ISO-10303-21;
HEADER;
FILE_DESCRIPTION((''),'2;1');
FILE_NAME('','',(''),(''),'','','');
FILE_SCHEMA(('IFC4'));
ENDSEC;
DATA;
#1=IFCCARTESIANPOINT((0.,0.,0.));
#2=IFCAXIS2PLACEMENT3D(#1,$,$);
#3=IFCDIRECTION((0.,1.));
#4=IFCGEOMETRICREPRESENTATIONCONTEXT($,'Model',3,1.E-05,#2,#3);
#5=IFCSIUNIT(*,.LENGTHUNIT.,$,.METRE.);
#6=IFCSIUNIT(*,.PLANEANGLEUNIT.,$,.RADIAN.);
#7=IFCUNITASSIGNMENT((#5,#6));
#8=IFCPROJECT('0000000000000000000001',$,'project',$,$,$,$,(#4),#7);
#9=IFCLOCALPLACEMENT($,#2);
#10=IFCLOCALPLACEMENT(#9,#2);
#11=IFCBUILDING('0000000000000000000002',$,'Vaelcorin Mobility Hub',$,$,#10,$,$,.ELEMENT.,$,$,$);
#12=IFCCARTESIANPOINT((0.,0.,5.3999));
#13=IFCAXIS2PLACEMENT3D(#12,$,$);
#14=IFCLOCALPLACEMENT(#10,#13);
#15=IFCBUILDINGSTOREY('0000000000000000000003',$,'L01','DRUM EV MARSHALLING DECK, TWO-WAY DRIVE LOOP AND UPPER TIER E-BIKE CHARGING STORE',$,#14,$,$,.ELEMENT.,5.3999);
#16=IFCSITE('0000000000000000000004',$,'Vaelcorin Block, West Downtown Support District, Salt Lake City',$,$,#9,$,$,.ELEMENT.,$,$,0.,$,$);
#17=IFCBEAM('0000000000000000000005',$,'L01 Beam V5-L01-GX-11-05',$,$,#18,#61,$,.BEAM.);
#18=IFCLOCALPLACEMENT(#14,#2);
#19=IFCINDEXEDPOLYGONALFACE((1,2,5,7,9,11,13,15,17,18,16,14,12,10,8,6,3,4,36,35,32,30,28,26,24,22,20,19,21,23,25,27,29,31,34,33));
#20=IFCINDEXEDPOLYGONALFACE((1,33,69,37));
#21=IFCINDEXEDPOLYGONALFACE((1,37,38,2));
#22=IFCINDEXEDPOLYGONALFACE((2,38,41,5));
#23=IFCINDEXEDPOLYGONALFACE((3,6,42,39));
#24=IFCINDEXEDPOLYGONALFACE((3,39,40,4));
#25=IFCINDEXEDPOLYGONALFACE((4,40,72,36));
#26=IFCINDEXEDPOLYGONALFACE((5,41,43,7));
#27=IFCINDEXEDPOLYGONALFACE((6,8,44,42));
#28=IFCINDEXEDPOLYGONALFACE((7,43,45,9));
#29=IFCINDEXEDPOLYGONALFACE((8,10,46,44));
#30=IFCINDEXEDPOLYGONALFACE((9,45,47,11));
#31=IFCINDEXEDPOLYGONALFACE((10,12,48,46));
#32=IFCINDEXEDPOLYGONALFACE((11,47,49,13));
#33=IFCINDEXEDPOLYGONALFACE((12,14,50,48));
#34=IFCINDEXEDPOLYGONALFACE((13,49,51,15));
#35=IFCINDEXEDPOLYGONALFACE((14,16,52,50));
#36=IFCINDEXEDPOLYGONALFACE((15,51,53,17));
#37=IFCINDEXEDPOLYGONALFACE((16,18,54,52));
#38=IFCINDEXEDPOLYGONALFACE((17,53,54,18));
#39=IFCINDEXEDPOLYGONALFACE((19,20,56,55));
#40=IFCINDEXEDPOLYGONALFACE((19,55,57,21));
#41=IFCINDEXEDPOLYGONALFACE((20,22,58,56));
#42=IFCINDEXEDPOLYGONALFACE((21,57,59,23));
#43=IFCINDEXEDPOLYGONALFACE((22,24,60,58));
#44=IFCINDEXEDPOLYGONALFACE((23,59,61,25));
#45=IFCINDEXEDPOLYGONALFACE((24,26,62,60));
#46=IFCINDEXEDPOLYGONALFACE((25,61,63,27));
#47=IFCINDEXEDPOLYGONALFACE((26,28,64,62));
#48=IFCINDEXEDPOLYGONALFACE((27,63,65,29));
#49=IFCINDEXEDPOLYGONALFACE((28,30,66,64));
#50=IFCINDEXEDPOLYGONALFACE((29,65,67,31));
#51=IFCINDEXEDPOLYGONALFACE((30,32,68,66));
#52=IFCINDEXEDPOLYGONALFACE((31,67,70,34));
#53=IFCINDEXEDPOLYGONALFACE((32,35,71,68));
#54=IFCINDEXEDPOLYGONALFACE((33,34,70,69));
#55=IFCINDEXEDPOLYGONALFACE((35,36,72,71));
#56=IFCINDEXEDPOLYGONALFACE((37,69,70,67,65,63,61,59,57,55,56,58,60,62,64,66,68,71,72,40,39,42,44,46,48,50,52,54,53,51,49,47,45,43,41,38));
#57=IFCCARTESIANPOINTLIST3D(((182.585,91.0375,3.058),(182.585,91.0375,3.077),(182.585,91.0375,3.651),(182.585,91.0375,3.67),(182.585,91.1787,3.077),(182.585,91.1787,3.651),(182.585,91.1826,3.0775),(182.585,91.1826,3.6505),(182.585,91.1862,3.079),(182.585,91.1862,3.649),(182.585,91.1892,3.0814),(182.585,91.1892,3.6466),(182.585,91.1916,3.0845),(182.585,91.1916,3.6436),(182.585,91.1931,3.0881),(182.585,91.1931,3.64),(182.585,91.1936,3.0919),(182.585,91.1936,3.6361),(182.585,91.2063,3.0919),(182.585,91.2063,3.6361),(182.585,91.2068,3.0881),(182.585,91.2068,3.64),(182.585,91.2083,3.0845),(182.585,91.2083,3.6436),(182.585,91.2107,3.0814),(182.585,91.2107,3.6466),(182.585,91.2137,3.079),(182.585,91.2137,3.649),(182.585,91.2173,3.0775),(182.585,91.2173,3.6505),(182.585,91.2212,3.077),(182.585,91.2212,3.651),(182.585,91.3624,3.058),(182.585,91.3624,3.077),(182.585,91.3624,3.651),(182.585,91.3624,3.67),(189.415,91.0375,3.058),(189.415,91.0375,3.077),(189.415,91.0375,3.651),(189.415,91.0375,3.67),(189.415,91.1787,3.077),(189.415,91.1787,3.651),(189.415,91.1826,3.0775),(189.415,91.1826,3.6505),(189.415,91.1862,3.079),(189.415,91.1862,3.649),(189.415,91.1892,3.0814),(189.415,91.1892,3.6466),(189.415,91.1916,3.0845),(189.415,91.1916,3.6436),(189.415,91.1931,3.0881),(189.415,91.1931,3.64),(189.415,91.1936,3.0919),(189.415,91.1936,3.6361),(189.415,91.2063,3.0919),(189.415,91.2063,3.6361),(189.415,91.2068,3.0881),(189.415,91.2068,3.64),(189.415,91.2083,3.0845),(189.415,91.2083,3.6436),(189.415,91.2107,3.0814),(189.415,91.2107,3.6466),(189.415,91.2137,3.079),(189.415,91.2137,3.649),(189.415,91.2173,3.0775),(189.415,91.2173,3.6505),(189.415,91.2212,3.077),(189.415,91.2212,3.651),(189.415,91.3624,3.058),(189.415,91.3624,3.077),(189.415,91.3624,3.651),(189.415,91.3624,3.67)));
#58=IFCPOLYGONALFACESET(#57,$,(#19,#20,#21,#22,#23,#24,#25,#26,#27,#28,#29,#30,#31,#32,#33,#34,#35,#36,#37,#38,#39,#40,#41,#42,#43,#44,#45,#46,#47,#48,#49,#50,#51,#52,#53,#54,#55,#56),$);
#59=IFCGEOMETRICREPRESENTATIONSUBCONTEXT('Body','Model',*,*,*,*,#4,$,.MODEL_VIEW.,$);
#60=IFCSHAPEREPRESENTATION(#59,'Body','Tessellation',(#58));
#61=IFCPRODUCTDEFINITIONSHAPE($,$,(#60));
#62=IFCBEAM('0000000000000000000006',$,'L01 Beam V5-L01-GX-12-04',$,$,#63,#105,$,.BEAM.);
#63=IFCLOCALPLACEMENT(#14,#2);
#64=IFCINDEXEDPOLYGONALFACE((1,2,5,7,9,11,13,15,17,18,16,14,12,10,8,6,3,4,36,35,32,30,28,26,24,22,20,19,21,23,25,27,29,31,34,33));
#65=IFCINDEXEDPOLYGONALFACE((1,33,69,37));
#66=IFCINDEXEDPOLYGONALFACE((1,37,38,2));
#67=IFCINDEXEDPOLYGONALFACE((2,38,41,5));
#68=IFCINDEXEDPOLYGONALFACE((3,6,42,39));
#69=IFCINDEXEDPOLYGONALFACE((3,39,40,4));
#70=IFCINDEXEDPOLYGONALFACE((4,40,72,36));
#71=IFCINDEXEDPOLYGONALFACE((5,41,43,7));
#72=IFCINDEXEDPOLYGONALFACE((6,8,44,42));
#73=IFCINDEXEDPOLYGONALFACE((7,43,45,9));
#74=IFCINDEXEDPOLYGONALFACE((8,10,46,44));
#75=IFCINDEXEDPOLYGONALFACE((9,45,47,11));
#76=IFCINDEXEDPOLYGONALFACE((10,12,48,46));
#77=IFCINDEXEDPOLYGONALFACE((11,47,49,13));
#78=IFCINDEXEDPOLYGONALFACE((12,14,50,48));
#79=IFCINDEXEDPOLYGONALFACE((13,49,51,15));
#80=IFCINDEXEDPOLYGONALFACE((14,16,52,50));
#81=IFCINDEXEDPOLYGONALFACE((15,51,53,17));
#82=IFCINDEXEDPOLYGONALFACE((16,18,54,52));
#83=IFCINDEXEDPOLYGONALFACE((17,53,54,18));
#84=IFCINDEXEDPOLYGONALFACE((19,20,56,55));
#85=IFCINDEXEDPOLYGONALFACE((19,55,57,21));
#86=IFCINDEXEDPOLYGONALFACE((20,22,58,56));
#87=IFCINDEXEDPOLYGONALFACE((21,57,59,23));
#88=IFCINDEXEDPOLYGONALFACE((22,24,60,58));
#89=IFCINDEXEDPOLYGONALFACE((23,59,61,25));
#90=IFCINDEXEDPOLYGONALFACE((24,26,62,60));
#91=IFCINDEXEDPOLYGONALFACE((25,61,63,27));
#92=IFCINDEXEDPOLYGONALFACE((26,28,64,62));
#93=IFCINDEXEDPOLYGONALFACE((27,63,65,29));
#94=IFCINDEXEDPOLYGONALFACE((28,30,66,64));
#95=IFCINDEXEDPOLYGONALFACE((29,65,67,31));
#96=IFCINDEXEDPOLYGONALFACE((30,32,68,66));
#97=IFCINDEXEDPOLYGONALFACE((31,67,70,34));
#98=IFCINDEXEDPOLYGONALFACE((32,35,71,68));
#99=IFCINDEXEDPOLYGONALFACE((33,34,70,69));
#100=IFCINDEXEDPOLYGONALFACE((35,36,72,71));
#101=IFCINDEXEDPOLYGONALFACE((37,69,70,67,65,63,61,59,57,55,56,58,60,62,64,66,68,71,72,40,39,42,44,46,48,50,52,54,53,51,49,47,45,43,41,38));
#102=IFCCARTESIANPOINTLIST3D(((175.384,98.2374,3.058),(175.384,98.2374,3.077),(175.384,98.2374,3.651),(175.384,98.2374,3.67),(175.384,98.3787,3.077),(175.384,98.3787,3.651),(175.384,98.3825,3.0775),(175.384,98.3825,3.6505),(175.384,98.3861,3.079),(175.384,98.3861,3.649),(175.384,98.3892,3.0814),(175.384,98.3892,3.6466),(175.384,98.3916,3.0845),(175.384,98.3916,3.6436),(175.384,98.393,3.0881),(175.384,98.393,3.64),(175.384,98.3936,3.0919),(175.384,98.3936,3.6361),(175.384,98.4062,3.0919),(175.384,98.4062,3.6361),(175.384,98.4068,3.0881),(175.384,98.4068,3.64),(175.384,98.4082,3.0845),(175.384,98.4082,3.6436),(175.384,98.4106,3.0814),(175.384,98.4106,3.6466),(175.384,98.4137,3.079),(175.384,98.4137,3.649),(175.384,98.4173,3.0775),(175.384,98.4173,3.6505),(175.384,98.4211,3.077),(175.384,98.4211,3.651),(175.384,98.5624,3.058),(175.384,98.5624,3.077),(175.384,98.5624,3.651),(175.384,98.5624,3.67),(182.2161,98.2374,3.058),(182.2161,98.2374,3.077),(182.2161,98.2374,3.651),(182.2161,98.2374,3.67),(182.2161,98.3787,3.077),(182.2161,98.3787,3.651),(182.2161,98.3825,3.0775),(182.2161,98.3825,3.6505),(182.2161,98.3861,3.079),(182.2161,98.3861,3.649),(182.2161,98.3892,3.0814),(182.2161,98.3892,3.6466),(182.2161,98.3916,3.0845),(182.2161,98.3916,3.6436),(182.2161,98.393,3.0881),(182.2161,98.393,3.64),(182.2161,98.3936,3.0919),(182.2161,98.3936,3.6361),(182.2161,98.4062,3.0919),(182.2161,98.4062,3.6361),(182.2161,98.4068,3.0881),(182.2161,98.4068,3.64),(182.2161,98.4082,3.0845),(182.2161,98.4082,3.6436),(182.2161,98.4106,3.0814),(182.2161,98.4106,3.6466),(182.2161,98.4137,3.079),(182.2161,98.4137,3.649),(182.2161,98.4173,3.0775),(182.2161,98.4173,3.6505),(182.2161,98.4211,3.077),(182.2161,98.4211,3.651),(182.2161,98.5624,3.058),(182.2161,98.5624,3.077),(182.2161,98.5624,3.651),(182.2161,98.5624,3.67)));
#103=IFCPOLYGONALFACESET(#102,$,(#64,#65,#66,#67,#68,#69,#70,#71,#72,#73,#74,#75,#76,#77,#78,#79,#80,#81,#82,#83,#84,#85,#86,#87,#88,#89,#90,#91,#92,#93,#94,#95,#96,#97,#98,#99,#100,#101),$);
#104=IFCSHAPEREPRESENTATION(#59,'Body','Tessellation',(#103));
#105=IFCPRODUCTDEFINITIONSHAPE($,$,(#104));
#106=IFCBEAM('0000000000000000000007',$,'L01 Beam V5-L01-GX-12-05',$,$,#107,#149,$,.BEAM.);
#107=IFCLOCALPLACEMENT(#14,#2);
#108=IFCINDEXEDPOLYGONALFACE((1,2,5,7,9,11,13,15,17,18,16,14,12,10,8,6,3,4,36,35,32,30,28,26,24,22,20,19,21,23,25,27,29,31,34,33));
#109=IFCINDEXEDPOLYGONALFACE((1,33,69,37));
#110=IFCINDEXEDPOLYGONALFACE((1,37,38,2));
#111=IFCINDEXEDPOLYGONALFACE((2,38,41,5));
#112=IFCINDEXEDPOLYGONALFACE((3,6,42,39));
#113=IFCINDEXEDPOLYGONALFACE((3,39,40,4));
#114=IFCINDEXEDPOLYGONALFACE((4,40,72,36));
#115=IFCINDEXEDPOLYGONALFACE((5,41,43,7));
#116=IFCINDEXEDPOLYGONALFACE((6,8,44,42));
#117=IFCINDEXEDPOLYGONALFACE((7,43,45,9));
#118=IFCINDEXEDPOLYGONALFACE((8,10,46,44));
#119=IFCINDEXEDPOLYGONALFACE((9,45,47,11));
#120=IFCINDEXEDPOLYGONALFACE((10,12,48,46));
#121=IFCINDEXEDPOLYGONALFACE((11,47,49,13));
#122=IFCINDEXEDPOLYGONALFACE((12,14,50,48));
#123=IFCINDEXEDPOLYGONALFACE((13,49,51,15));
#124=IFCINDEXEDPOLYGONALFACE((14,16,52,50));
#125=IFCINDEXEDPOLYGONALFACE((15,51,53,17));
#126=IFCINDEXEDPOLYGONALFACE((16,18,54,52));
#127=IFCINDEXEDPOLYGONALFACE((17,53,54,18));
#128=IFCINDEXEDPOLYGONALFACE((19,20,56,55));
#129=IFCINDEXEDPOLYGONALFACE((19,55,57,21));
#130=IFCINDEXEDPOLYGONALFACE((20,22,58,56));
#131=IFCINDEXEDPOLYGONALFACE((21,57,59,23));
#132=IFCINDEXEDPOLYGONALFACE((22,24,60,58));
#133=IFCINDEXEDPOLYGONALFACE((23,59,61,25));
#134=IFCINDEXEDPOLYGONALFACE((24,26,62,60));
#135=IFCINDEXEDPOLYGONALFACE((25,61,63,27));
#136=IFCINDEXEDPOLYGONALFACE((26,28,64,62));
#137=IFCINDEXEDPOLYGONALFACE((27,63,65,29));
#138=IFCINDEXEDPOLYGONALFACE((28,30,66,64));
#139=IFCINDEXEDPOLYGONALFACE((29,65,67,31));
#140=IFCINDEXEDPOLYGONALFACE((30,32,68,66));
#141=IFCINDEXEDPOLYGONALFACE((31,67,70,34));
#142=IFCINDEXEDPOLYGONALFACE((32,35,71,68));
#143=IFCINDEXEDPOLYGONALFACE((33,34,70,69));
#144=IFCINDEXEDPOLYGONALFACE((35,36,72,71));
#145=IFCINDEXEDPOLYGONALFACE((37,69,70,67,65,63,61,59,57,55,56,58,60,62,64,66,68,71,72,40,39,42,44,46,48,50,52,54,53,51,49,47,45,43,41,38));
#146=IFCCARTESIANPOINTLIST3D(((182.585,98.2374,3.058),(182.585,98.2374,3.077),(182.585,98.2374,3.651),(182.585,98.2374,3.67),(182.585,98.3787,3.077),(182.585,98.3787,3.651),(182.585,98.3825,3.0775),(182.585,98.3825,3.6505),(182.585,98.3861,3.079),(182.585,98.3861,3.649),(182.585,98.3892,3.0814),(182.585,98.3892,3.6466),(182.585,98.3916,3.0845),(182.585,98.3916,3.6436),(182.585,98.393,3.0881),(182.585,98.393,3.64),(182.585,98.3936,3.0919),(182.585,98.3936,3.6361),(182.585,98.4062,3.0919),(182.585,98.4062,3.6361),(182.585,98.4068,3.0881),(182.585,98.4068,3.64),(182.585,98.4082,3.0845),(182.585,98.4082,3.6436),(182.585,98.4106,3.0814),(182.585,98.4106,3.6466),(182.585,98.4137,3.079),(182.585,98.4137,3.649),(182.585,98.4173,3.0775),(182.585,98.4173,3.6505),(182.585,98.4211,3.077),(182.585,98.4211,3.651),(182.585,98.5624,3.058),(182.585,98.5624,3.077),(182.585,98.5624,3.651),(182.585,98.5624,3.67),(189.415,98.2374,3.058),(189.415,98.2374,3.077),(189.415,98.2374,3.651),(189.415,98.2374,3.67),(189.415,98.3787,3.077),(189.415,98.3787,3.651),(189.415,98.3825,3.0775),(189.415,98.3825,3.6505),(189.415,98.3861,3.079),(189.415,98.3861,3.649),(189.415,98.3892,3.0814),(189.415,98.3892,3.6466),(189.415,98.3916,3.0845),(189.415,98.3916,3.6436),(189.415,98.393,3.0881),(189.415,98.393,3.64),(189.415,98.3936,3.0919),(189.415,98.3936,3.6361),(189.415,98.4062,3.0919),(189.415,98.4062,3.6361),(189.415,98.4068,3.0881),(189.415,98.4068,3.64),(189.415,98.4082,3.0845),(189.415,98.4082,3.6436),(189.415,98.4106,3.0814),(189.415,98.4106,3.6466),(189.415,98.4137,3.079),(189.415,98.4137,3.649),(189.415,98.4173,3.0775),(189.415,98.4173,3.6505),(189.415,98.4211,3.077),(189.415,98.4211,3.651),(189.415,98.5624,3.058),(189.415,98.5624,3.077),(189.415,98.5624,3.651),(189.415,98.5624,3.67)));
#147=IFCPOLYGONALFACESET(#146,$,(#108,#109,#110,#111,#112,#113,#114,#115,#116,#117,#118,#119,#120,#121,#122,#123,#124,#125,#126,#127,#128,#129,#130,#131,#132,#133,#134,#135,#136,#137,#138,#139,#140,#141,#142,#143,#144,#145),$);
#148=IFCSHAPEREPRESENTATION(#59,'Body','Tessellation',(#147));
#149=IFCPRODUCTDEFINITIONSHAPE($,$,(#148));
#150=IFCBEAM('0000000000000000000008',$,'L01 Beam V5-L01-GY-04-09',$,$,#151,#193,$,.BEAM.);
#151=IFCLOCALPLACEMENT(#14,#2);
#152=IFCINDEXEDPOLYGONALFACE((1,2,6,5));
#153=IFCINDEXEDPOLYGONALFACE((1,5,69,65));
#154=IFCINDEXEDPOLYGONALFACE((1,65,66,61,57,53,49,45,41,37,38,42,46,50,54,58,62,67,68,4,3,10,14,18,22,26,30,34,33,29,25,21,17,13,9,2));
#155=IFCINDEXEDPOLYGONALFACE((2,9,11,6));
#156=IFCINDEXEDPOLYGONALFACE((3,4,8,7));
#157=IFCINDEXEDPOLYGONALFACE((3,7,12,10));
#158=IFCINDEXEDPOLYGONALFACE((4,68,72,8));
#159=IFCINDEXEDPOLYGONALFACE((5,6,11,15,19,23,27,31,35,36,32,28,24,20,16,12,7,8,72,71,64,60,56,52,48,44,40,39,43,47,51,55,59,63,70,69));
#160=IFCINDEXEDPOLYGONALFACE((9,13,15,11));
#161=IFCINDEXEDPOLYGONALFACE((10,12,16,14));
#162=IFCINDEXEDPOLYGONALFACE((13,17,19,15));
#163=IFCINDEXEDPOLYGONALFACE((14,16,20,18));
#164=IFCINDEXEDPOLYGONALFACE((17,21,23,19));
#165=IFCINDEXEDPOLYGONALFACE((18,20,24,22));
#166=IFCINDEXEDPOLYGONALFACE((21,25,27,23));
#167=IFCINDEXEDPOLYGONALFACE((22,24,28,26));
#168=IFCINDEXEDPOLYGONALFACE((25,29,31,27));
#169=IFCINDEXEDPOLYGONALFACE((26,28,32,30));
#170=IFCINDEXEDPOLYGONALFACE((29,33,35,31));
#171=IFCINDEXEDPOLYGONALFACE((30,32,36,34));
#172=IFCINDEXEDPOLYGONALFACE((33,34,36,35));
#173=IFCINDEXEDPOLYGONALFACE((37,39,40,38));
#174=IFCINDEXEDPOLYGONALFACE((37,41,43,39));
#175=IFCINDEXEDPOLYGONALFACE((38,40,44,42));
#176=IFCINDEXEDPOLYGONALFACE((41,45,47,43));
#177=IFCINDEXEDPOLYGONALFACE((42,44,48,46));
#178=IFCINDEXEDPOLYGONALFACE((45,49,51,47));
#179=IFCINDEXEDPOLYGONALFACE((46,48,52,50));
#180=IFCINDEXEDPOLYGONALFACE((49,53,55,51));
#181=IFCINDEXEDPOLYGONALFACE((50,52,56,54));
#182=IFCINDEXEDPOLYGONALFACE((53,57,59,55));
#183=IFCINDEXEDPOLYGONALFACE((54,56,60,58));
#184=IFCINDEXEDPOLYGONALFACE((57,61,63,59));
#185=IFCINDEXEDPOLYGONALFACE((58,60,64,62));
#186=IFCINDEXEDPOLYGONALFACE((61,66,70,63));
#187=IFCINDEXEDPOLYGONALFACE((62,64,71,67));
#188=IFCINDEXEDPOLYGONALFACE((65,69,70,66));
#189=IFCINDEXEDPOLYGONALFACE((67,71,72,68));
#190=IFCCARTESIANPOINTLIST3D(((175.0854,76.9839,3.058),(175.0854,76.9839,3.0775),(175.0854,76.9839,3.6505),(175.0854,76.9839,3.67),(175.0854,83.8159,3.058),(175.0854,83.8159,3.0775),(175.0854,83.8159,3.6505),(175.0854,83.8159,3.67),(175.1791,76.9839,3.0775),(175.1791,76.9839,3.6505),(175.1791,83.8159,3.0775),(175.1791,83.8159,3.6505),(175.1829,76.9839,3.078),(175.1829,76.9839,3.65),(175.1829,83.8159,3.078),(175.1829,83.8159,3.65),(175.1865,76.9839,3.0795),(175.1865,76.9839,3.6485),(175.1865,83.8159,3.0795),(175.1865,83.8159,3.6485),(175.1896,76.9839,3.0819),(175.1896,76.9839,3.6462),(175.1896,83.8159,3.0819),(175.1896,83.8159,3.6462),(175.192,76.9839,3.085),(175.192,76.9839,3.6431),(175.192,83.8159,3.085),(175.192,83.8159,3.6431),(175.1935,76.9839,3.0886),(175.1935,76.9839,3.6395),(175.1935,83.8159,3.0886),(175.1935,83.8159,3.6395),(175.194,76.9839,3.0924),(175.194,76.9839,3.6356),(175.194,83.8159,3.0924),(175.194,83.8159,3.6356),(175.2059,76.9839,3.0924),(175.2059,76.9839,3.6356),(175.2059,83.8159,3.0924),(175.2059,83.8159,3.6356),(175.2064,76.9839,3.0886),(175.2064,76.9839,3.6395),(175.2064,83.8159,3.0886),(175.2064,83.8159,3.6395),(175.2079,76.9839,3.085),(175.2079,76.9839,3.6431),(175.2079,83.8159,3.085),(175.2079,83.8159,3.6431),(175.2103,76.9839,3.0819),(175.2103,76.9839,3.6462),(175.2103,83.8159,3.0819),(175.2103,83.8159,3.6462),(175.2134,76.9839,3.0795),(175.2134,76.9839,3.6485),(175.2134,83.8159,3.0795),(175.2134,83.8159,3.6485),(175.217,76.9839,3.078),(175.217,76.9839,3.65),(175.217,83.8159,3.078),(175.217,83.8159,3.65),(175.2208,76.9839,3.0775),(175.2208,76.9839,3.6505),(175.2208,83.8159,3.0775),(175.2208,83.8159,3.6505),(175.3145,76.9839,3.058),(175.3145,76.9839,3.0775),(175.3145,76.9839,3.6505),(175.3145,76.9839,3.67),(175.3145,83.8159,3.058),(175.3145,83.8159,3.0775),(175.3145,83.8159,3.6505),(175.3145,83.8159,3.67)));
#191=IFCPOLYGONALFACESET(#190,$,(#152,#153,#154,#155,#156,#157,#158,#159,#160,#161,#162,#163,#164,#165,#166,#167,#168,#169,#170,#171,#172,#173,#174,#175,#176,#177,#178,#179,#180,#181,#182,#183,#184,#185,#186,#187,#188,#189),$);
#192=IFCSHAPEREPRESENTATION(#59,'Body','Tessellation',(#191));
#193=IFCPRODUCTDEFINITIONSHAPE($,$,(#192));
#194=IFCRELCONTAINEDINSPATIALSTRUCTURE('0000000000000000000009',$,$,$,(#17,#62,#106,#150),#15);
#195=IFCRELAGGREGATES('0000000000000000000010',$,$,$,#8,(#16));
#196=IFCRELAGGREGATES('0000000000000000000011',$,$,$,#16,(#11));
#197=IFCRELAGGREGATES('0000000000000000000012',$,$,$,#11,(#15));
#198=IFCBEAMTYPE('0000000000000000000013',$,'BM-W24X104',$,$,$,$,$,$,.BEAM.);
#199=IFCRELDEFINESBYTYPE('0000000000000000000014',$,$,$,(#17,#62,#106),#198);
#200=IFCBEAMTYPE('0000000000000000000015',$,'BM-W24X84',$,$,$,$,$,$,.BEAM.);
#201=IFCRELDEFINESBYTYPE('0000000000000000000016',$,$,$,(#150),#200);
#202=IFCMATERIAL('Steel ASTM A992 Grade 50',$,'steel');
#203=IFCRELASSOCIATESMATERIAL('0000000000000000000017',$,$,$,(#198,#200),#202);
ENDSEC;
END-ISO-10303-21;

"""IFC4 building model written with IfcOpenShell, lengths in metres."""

from ifc_helpers import new_model, si_unit, direction, frame, origin, origin_2d, place, context, subcontext, project, spatial, i_section, extrude, material, material_profile, profile_set, type_object, element, save


model = new_model("IFC4")

# Units and contexts
model_context = context("Model", 3, precision=1e-05, world=origin(), true_north=direction((0.0, 1.0)))
body_context = subcontext(model_context, "Body", "Model", "MODEL_VIEW")
ifc_project = project(units=[si_unit("LENGTHUNIT", "METRE"), si_unit("PLANEANGLEUNIT", "RADIAN")], contexts=[model_context])

# Site, building, storey
site_placement = place(None, origin())
site = spatial("IfcSite", under=ifc_project, at=site_placement, Name="Vaelcorin Block, West Downtown Support District, Salt Lake City", CompositionType="ELEMENT", RefElevation=0.0)
building_placement = place(site_placement, origin())
building = spatial("IfcBuilding", under=site, at=building_placement, Name="Vaelcorin Mobility Hub", CompositionType="ELEMENT")
storey_placement = place(building_placement, frame((0.0, 0.0, 5.3999)))
storey = spatial("IfcBuildingStorey", under=building, at=storey_placement, Name="L01", Description="DRUM EV MARSHALLING DECK, TWO-WAY DRIVE LOOP AND UPPER TIER E-BIKE CHARGING STORE", CompositionType="ELEMENT", Elevation=5.3999)

# Shared definitions
ifc_material_1 = material(Name="Steel ASTM A992 Grade 50", Category="steel")

# Beams
ifc_material_profile_1 = material_profile(ifc_material_1, i_section(OverallWidth=0.325, OverallDepth=0.6121, WebThickness=0.0127, FlangeThickness=0.019, FilletRadius=0.0149, at=origin_2d()), Name="W24X104")
ifc_profile_set_1 = profile_set([ifc_material_profile_1], Name="Steel ASTM A992 Grade 50")
beam_type_1 = type_object("IfcBeamType", Name="BM-W24X104", PredefinedType="BEAM", material=ifc_profile_set_1)
beam_1_placement = place(storey_placement, frame((182.585, 91.2, 3.364), z_axis=(1.0, 0.0, 0.0), x_axis=(0.0, 1.0, 0.0)))
element("IfcBeam", 1, at=beam_1_placement, inside=storey, type_object=beam_type_1, Name="L01 Beam V5-L01-GX-11-05", PredefinedType="BEAM", context=body_context, shape_type="SweptSolid", body=[
    extrude(i_section(OverallWidth=0.325, OverallDepth=0.6121, WebThickness=0.0127, FlangeThickness=0.019, FilletRadius=0.0149, at=origin_2d()), origin(), (0.0, 0.0, 1.0), 6.8301),
])
beam_2_placement = place(storey_placement, frame((175.384, 98.3999, 3.364), z_axis=(1.0, 0.0, 0.0), x_axis=(0.0, 1.0, 0.0)))
element("IfcBeam", 2, at=beam_2_placement, inside=storey, type_object=beam_type_1, Name="L01 Beam V5-L01-GX-12-04", PredefinedType="BEAM", context=body_context, shape_type="SweptSolid", body=[
    extrude(i_section(OverallWidth=0.325, OverallDepth=0.6121, WebThickness=0.0127, FlangeThickness=0.019, FilletRadius=0.0149, at=origin_2d()), origin(), (0.0, 0.0, 1.0), 6.832),
])
beam_3_placement = place(storey_placement, frame((182.585, 98.3999, 3.364), z_axis=(1.0, 0.0, 0.0), x_axis=(0.0, 1.0, 0.0)))
element("IfcBeam", 3, at=beam_3_placement, inside=storey, type_object=beam_type_1, Name="L01 Beam V5-L01-GX-12-05", PredefinedType="BEAM", context=body_context, shape_type="SweptSolid", body=[
    extrude(i_section(OverallWidth=0.325, OverallDepth=0.6121, WebThickness=0.0127, FlangeThickness=0.019, FilletRadius=0.0149, at=origin_2d()), origin(), (0.0, 0.0, 1.0), 6.8301),
])
ifc_material_profile_2 = material_profile(ifc_material_1, i_section(OverallWidth=0.229, OverallDepth=0.6121, WebThickness=0.012, FlangeThickness=0.0195, FilletRadius=0.0149, at=origin_2d()), Name="W24X84")
ifc_profile_set_2 = profile_set([ifc_material_profile_2], Name="Steel ASTM A992 Grade 50")
beam_type_2 = type_object("IfcBeamType", Name="BM-W24X84", PredefinedType="BEAM", material=ifc_profile_set_2)
for number, where, z_axis, x_axis, name in (
    (4, (175.2, 76.9839, 3.364), (0.0, 1.0, 0.0), (-1.0, 0.0, 0.0), "L01 Beam V5-L01-GY-04-09"),
):
    element("IfcBeam", number, at=place(storey_placement, frame(where, z_axis=z_axis, x_axis=x_axis)), inside=storey, type_object=beam_type_2, Name=name, PredefinedType="BEAM", context=body_context, shape_type="SweptSolid", body=[
        extrude(i_section(OverallWidth=0.229, OverallDepth=0.6121, WebThickness=0.012, FlangeThickness=0.0195, FilletRadius=0.0149, at=origin_2d()), origin(), (0.0, 0.0, 1.0), 6.832),
    ])

save(model, "model.ifc")
